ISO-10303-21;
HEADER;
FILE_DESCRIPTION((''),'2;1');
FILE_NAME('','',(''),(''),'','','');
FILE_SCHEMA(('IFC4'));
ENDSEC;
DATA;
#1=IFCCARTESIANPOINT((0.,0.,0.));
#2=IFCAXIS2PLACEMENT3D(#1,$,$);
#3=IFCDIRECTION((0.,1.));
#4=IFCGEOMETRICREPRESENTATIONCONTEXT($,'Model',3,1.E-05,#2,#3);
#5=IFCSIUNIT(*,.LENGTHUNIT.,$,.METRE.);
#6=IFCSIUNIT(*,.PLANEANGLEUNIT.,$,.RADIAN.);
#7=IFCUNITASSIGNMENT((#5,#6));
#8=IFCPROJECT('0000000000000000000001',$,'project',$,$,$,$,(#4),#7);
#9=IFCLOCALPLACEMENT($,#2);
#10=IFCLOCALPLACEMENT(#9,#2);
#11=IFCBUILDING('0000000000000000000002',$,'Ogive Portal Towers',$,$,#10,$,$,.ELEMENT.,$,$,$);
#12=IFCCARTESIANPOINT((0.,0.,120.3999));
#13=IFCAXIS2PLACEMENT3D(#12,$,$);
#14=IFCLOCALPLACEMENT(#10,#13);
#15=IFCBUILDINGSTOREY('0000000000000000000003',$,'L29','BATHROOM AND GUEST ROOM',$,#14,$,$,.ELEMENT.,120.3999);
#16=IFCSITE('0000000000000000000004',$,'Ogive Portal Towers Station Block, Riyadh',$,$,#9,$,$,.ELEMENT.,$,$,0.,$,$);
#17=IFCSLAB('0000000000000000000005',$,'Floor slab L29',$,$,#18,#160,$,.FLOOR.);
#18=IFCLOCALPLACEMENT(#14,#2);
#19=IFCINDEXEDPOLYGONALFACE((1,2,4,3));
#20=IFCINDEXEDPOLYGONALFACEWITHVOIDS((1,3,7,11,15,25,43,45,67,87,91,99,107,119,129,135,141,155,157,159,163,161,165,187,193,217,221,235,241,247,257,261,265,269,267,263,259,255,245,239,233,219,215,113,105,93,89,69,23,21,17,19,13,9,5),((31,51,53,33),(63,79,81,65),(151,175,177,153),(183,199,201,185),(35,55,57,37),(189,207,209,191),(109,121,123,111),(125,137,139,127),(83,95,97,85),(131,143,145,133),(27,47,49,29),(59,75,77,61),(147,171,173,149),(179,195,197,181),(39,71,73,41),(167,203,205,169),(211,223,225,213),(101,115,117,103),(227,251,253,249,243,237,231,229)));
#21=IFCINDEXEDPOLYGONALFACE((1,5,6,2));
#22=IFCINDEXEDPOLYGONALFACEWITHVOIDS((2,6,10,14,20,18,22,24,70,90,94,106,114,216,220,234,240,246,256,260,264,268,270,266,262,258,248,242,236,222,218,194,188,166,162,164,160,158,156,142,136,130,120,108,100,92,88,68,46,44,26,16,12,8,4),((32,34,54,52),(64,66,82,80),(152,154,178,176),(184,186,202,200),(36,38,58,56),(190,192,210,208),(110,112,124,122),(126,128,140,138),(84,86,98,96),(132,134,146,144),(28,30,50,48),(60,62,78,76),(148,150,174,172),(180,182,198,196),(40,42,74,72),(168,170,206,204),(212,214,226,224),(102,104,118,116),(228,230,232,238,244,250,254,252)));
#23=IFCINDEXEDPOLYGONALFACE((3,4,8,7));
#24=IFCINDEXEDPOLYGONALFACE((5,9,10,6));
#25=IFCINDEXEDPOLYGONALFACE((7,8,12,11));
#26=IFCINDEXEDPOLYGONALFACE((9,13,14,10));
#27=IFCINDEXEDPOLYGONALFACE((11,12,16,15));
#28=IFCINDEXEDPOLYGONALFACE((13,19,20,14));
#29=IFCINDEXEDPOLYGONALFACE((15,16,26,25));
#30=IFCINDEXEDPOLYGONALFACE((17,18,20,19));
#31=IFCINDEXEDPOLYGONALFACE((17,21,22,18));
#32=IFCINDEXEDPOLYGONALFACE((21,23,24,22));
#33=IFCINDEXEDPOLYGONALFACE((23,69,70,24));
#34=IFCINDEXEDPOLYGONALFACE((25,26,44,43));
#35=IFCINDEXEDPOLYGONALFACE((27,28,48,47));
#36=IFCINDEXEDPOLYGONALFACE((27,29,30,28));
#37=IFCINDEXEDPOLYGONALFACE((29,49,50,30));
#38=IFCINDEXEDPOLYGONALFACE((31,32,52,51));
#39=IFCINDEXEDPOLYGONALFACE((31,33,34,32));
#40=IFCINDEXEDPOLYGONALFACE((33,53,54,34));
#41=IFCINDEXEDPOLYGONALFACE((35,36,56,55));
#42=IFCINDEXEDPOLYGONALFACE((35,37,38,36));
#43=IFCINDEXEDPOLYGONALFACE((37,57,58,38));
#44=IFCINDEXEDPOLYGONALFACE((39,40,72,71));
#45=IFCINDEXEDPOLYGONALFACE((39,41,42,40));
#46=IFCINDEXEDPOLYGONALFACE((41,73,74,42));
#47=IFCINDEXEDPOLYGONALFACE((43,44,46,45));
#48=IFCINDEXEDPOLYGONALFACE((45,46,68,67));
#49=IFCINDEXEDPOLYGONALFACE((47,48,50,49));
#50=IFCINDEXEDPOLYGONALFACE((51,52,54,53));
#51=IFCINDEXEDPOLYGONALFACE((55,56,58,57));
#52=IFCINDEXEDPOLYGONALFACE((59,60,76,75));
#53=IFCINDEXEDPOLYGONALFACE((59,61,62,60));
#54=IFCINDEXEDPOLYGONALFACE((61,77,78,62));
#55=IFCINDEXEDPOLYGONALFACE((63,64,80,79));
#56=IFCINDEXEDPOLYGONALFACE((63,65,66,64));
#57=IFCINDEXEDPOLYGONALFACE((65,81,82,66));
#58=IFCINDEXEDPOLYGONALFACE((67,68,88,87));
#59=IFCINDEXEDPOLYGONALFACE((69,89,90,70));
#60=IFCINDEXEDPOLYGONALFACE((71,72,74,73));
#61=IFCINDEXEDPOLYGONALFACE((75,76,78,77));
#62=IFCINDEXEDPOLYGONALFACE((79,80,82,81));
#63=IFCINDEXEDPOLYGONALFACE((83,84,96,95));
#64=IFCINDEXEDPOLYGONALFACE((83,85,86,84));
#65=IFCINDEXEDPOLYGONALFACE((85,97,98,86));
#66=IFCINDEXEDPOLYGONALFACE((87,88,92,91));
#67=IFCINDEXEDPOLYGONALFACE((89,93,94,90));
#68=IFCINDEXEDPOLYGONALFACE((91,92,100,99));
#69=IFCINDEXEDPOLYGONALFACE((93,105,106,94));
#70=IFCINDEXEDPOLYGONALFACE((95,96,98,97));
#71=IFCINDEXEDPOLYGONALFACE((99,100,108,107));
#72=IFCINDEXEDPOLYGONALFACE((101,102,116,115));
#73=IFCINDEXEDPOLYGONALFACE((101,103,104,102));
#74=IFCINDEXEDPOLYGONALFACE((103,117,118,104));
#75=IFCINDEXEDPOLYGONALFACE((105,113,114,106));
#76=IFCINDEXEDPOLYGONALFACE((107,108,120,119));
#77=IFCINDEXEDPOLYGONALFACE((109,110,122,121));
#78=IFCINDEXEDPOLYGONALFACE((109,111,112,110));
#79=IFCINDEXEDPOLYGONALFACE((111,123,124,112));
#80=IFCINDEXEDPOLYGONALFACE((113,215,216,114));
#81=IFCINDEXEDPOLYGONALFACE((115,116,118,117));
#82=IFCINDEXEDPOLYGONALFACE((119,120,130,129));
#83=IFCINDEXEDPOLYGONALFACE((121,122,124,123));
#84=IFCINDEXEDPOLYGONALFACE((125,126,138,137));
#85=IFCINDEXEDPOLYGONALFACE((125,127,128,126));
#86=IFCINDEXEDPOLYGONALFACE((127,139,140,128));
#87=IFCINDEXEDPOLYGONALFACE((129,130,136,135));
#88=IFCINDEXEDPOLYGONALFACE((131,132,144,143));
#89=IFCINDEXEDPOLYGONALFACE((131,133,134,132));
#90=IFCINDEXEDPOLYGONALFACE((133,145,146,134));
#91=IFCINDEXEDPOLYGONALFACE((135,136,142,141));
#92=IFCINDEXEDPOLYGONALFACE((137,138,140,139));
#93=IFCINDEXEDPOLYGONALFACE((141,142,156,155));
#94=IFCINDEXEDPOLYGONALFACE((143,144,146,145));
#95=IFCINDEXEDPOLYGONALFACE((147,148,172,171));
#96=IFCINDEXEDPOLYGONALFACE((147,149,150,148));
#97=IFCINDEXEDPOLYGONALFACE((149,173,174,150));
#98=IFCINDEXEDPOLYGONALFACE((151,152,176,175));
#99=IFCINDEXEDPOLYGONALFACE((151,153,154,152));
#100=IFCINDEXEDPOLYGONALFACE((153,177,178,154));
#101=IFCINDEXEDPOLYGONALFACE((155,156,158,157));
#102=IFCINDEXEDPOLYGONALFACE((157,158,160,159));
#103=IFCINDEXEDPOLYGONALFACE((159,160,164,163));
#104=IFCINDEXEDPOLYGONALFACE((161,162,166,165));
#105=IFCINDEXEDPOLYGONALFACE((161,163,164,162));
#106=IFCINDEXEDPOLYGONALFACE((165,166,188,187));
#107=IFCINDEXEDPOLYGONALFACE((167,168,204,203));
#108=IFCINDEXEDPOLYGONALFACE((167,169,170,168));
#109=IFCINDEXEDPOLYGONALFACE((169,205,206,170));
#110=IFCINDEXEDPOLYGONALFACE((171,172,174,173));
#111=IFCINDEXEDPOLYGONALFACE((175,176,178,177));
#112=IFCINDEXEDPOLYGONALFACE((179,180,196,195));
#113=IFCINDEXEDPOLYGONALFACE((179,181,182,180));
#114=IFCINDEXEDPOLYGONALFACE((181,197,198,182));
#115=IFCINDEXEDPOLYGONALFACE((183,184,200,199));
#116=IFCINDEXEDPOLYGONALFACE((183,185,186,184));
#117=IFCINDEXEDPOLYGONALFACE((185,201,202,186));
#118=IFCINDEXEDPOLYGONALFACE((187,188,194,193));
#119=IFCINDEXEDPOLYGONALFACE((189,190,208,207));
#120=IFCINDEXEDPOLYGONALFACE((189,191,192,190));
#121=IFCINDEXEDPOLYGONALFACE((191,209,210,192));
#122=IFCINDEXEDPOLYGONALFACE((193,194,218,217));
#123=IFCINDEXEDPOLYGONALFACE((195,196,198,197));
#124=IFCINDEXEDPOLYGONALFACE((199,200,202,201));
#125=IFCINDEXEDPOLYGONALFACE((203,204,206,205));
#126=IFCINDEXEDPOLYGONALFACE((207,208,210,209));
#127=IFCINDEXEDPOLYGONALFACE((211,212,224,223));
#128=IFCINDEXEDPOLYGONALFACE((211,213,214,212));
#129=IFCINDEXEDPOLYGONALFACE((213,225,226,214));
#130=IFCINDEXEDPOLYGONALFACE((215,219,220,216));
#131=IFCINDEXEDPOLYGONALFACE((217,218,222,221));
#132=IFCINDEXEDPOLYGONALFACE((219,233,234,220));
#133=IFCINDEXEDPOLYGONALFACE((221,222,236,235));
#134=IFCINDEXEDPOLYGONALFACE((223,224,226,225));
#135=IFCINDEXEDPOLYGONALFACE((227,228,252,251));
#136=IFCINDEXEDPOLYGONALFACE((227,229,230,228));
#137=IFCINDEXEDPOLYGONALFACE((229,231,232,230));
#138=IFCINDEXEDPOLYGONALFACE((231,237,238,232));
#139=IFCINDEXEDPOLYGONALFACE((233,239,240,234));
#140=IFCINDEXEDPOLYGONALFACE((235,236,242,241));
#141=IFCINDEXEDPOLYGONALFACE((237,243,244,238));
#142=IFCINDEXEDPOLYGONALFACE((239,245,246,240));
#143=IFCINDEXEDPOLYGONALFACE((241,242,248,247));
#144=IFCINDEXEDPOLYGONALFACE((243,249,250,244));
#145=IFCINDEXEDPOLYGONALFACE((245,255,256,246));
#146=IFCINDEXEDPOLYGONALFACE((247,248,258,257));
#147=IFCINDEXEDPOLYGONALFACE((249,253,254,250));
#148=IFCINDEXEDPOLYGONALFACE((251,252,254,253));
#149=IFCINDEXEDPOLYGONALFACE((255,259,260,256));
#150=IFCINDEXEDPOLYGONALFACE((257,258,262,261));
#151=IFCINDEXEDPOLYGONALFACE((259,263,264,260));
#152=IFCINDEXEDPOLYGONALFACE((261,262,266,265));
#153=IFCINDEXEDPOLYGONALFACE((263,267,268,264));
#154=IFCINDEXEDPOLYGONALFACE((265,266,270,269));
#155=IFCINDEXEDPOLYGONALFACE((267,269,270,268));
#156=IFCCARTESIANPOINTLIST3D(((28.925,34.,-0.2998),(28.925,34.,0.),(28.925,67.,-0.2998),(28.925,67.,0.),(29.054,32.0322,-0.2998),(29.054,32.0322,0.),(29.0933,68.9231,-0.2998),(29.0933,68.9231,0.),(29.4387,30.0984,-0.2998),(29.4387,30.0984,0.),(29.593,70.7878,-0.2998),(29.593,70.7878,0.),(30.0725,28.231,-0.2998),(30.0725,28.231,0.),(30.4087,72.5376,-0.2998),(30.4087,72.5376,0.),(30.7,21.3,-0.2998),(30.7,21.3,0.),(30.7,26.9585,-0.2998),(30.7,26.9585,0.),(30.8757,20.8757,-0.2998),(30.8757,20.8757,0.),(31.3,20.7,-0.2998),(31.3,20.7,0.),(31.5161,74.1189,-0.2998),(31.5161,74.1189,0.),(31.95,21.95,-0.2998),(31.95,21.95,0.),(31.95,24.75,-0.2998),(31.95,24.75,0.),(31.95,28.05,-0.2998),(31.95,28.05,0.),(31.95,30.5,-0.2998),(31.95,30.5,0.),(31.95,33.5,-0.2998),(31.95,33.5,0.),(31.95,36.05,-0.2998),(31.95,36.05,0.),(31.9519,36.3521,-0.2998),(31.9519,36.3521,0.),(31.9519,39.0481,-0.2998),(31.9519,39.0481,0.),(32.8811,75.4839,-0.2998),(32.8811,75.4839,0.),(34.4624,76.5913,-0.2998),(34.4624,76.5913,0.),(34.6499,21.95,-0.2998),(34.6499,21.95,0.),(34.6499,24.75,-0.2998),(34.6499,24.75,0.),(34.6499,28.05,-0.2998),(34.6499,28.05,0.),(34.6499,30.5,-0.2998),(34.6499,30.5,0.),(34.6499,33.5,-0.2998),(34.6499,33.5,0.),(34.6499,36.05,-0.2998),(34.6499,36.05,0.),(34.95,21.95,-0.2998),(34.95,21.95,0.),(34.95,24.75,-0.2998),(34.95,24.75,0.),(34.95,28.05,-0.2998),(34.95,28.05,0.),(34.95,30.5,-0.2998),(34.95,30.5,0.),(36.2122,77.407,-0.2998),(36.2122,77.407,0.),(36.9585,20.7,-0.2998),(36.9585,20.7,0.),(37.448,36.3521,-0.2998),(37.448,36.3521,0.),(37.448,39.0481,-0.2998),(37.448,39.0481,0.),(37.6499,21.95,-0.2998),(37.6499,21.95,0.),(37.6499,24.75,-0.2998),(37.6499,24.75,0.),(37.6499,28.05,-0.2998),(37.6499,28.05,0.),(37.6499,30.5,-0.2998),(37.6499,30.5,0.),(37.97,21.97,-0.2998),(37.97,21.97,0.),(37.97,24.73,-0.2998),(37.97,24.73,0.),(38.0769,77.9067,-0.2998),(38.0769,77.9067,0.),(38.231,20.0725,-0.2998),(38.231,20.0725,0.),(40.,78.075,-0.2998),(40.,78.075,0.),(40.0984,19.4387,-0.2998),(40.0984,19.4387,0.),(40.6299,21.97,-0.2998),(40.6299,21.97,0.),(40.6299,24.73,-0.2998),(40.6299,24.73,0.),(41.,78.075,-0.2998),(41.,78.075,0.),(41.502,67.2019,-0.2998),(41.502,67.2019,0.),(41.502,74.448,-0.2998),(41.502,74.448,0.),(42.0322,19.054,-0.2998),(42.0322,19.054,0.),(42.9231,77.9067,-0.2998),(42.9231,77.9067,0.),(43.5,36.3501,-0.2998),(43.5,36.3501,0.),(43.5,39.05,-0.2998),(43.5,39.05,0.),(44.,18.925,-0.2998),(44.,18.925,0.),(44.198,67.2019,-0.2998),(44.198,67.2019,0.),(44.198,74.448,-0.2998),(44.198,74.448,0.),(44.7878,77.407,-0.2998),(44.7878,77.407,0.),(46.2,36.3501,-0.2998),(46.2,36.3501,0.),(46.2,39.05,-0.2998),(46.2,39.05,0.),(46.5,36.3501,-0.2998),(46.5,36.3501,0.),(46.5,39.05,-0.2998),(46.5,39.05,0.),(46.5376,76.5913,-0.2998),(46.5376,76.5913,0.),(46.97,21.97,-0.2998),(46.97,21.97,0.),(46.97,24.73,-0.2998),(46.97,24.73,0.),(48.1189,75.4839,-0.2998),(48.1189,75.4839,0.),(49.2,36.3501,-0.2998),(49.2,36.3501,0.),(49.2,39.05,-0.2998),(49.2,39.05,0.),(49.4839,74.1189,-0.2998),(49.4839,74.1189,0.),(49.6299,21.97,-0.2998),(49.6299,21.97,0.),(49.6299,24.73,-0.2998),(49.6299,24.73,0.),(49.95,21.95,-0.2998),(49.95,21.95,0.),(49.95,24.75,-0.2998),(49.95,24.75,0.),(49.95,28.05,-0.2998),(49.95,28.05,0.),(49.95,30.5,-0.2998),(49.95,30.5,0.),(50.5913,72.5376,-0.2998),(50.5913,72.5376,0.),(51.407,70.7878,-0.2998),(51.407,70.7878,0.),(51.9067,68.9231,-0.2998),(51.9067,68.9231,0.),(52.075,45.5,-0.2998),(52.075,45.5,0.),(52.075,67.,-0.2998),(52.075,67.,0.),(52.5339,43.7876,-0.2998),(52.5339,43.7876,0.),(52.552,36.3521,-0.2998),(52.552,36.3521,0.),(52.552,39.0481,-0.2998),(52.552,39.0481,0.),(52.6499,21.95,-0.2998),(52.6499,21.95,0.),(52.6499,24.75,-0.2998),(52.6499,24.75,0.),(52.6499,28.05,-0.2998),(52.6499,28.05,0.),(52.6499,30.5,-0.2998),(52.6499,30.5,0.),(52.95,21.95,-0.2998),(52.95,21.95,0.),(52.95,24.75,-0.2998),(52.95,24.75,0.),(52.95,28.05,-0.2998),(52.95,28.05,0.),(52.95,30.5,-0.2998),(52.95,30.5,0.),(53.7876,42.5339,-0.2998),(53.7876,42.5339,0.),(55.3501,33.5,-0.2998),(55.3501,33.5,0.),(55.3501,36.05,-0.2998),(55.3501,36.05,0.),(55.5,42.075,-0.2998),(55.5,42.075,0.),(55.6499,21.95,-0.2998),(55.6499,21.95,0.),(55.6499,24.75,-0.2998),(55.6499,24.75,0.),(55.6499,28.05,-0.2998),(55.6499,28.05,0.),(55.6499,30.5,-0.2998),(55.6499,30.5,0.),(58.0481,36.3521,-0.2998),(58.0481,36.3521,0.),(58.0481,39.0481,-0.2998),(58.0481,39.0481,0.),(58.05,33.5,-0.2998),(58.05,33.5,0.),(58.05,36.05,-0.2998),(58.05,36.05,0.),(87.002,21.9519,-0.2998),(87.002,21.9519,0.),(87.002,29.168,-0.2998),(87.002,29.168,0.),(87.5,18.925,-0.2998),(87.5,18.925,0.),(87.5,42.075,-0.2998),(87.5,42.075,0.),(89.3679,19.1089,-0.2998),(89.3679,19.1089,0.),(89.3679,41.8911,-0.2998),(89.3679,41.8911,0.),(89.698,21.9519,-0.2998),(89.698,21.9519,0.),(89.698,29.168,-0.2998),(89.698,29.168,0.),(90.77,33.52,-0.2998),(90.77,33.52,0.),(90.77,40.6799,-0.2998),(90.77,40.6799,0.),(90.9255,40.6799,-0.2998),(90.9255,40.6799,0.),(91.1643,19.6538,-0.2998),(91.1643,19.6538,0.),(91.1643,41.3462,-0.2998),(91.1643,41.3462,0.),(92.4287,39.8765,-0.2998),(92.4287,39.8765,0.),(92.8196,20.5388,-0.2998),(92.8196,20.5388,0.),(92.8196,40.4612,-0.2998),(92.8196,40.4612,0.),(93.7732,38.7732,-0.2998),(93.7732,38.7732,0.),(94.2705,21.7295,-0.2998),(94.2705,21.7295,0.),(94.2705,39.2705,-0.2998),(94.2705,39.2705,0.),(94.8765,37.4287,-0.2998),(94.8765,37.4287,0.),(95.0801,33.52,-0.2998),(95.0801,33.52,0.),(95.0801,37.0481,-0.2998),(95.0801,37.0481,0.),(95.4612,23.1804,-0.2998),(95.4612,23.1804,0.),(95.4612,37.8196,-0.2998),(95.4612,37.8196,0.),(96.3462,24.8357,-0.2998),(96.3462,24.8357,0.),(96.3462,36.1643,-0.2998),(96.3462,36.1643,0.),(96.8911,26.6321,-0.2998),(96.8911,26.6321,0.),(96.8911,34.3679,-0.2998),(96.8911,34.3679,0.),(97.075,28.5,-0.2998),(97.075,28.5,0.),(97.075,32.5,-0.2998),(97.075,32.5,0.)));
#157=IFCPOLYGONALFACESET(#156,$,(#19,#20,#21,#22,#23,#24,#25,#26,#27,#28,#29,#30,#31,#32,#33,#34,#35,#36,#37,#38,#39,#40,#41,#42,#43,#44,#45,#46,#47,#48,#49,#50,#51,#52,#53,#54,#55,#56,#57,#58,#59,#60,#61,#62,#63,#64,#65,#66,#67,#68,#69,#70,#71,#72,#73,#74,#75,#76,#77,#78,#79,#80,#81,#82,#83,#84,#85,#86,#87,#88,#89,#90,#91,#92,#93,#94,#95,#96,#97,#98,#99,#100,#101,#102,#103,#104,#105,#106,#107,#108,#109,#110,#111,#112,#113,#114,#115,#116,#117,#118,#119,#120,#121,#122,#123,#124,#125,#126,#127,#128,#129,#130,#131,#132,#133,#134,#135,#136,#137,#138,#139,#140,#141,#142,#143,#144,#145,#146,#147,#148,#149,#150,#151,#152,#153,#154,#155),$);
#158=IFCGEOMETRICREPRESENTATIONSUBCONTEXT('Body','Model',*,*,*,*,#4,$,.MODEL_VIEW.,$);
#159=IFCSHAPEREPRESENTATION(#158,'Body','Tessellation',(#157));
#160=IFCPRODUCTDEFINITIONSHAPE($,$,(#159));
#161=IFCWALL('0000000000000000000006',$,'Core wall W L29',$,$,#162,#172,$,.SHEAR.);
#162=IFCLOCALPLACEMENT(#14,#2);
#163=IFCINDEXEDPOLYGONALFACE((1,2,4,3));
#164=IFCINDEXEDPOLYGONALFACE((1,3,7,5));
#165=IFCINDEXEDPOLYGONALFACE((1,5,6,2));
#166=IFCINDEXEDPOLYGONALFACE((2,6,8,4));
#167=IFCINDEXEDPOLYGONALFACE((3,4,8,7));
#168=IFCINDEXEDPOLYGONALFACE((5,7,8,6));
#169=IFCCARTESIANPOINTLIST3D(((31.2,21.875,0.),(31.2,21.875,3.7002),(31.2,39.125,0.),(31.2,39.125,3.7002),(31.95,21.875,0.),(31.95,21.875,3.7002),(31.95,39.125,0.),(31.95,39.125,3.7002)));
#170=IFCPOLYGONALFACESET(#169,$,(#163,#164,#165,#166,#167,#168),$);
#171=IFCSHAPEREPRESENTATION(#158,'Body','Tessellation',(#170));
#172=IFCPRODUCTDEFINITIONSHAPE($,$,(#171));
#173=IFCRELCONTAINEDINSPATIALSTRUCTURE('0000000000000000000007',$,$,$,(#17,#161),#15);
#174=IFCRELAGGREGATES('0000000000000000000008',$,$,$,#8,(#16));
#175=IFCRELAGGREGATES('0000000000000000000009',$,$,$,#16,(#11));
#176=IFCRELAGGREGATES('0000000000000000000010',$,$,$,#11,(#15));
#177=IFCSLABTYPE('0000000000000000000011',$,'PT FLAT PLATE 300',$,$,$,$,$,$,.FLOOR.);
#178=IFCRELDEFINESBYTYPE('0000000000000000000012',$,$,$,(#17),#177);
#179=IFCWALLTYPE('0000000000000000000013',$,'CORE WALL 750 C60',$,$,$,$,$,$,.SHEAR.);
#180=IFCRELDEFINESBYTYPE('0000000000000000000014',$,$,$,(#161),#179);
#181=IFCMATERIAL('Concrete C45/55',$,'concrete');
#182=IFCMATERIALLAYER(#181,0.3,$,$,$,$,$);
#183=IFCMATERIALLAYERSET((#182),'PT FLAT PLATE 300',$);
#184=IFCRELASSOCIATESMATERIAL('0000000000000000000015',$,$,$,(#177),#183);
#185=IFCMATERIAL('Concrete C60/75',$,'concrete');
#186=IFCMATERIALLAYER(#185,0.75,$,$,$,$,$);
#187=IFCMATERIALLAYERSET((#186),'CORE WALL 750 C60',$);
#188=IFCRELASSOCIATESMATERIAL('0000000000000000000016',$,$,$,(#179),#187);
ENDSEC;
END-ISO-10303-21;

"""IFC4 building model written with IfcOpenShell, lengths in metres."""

from ifc_helpers import new_model, si_unit, direction, frame, frame_2d, origin, place, context, subcontext, project, spatial, polyline, rectangle, outline, extrude, material, layer, layer_set, type_object, element, save


model = new_model("IFC4")

# Units and contexts
model_context = context("Model", 3, precision=1e-05, world=origin(), true_north=direction((0.0, 1.0)))
body_context = subcontext(model_context, "Body", "Model", "MODEL_VIEW")
ifc_project = project(units=[si_unit("LENGTHUNIT", "METRE"), si_unit("PLANEANGLEUNIT", "RADIAN")], contexts=[model_context])

# Site, building, storey
site_placement = place(None, origin())
site = spatial("IfcSite", under=ifc_project, at=site_placement, Name="Ogive Portal Towers Station Block, Riyadh", CompositionType="ELEMENT", RefElevation=0.0)
building_placement = place(site_placement, origin())
building = spatial("IfcBuilding", under=site, at=building_placement, Name="Ogive Portal Towers", CompositionType="ELEMENT")
storey_placement = place(building_placement, frame((0.0, 0.0, 120.3999)))
storey = spatial("IfcBuildingStorey", under=building, at=storey_placement, Name="L29", Description="BATHROOM AND GUEST ROOM", CompositionType="ELEMENT", Elevation=120.3999)

# Slab
ifc_material_1 = material(Name="Concrete C45/55", Category="concrete")
ifc_layer_1 = layer(ifc_material_1, 0.3)
ifc_layer_set_1 = layer_set([ifc_layer_1], Name="PT FLAT PLATE 300")
slab_type_1 = type_object("IfcSlabType", Name="PT FLAT PLATE 300", PredefinedType="FLOOR", material=ifc_layer_set_1)
slab_1_placement = place(storey_placement, frame((0.0, 0.0, -0.2998)))
element("IfcSlab", 1, at=slab_1_placement, inside=storey, type_object=slab_type_1, Name="Floor slab L29", PredefinedType="FLOOR", context=body_context, shape_type="SweptSolid", body=[
    extrude(outline(polyline([(29.4387, 30.0984), (30.0725, 28.231), (30.7, 26.9585), (30.7, 21.3), (30.8757, 20.8757), (31.3, 20.7), (36.9585, 20.7), (38.231, 20.0725), (40.0984, 19.4387), (42.0322, 19.054), (44.0, 18.925), (87.5, 18.925), (89.3679, 19.1089), (91.1643, 19.6538), (92.8196, 20.5388), (94.2705, 21.7295), (95.4612, 23.1804), (96.3462, 24.8357), (96.8911, 26.6321), (97.075, 28.5), (97.075, 32.5), (96.8911, 34.3679), (96.3462, 36.1643), (95.4612, 37.8196), (94.2705, 39.2705), (92.8196, 40.4612), (91.1643, 41.3462), (89.3679, 41.8911), (87.5, 42.075), (55.5, 42.075), (53.7876, 42.5339), (52.5339, 43.7876), (52.075, 45.5), (52.075, 67.0), (51.9067, 68.9231), (51.407, 70.7878), (50.5913, 72.5376), (49.4839, 74.1189), (48.1189, 75.4839), (46.5376, 76.5913), (44.7878, 77.407), (42.9231, 77.9067), (41.0, 78.075), (40.0, 78.075), (38.0769, 77.9067), (36.2122, 77.407), (34.4624, 76.5913), (32.8811, 75.4839), (31.5161, 74.1189), (30.4087, 72.5376), (29.593, 70.7878), (29.0933, 68.9231), (28.925, 67.0), (28.925, 34.0), (29.054, 32.0322), (29.4387, 30.0984)]), holes=[polyline([(34.6499, 24.75), (34.6499, 21.95), (31.95, 21.95), (31.95, 24.75), (34.6499, 24.75)]), polyline([(37.6499, 24.75), (37.6499, 21.95), (34.95, 21.95), (34.95, 24.75), (37.6499, 24.75)]), polyline([(40.6299, 21.97), (37.97, 21.97), (37.97, 24.73), (40.6299, 24.73), (40.6299, 21.97)]), polyline([(34.6499, 30.5), (34.6499, 28.05), (31.95, 28.05), (31.95, 30.5), (34.6499, 30.5)]), polyline([(37.6499, 30.5), (37.6499, 28.05), (34.95, 28.05), (34.95, 30.5), (37.6499, 30.5)]), polyline([(34.6499, 36.05), (34.6499, 33.5), (31.95, 33.5), (31.95, 36.05), (34.6499, 36.05)]), polyline([(31.9519, 39.0481), (37.448, 39.0481), (37.448, 36.3521), (31.9519, 36.3521), (31.9519, 39.0481)]), polyline([(46.2, 36.3501), (43.5, 36.3501), (43.5, 39.05), (46.2, 39.05), (46.2, 36.3501)]), polyline([(49.2, 36.3501), (46.5, 36.3501), (46.5, 39.05), (49.2, 39.05), (49.2, 36.3501)]), polyline([(44.198, 74.448), (44.198, 67.2019), (41.502, 67.2019), (41.502, 74.448), (44.198, 74.448)]), polyline([(49.6299, 21.97), (46.97, 21.97), (46.97, 24.73), (49.6299, 24.73), (49.6299, 21.97)]), polyline([(52.6499, 24.75), (52.6499, 21.95), (49.95, 21.95), (49.95, 24.75), (52.6499, 24.75)]), polyline([(55.6499, 21.95), (52.95, 21.95), (52.95, 24.75), (55.6499, 24.75), (55.6499, 21.95)]), polyline([(87.002, 29.168), (89.698, 29.168), (89.698, 21.9519), (87.002, 21.9519), (87.002, 29.168)]), polyline([(52.6499, 30.5), (52.6499, 28.05), (49.95, 28.05), (49.95, 30.5), (52.6499, 30.5)]), polyline([(55.6499, 30.5), (55.6499, 28.05), (52.95, 28.05), (52.95, 30.5), (55.6499, 30.5)]), polyline([(58.05, 36.05), (58.05, 33.5), (55.3501, 33.5), (55.3501, 36.05), (58.05, 36.05)]), polyline([(94.8765, 37.4287), (95.0801, 37.0481), (95.0801, 33.52), (90.77, 33.52), (90.77, 40.6799), (90.9255, 40.6799), (92.4287, 39.8765), (93.7732, 38.7732), (94.8765, 37.4287)]), polyline([(52.552, 36.3521), (52.552, 39.0481), (58.0481, 39.0481), (58.0481, 36.3521), (52.552, 36.3521)])]), origin(), (0.0, 0.0, 1.0), 0.2998),
])

# Wall
ifc_material_2 = material(Name="Concrete C60/75", Category="concrete")
ifc_layer_2 = layer(ifc_material_2, 0.75)
ifc_layer_set_2 = layer_set([ifc_layer_2], Name="CORE WALL 750 C60")
wall_type_1 = type_object("IfcWallType", Name="CORE WALL 750 C60", PredefinedType="SHEAR", material=ifc_layer_set_2)
wall_1_placement = place(storey_placement, frame((31.575, 21.875, 0.0), z_axis=(0.0, 0.0, 1.0), x_axis=(0.0, 1.0, 0.0)))
element("IfcWall", 2, at=wall_1_placement, inside=storey, type_object=wall_type_1, Name="Core wall W L29", PredefinedType="SHEAR", context=body_context, shape_type="SweptSolid", body=[
    extrude(rectangle(XDim=17.25, YDim=0.75, at=frame_2d((8.625, 0.0))), origin(), (0.0, 0.0, 1.0), 3.7002),
])

save(model, "model.ifc")
